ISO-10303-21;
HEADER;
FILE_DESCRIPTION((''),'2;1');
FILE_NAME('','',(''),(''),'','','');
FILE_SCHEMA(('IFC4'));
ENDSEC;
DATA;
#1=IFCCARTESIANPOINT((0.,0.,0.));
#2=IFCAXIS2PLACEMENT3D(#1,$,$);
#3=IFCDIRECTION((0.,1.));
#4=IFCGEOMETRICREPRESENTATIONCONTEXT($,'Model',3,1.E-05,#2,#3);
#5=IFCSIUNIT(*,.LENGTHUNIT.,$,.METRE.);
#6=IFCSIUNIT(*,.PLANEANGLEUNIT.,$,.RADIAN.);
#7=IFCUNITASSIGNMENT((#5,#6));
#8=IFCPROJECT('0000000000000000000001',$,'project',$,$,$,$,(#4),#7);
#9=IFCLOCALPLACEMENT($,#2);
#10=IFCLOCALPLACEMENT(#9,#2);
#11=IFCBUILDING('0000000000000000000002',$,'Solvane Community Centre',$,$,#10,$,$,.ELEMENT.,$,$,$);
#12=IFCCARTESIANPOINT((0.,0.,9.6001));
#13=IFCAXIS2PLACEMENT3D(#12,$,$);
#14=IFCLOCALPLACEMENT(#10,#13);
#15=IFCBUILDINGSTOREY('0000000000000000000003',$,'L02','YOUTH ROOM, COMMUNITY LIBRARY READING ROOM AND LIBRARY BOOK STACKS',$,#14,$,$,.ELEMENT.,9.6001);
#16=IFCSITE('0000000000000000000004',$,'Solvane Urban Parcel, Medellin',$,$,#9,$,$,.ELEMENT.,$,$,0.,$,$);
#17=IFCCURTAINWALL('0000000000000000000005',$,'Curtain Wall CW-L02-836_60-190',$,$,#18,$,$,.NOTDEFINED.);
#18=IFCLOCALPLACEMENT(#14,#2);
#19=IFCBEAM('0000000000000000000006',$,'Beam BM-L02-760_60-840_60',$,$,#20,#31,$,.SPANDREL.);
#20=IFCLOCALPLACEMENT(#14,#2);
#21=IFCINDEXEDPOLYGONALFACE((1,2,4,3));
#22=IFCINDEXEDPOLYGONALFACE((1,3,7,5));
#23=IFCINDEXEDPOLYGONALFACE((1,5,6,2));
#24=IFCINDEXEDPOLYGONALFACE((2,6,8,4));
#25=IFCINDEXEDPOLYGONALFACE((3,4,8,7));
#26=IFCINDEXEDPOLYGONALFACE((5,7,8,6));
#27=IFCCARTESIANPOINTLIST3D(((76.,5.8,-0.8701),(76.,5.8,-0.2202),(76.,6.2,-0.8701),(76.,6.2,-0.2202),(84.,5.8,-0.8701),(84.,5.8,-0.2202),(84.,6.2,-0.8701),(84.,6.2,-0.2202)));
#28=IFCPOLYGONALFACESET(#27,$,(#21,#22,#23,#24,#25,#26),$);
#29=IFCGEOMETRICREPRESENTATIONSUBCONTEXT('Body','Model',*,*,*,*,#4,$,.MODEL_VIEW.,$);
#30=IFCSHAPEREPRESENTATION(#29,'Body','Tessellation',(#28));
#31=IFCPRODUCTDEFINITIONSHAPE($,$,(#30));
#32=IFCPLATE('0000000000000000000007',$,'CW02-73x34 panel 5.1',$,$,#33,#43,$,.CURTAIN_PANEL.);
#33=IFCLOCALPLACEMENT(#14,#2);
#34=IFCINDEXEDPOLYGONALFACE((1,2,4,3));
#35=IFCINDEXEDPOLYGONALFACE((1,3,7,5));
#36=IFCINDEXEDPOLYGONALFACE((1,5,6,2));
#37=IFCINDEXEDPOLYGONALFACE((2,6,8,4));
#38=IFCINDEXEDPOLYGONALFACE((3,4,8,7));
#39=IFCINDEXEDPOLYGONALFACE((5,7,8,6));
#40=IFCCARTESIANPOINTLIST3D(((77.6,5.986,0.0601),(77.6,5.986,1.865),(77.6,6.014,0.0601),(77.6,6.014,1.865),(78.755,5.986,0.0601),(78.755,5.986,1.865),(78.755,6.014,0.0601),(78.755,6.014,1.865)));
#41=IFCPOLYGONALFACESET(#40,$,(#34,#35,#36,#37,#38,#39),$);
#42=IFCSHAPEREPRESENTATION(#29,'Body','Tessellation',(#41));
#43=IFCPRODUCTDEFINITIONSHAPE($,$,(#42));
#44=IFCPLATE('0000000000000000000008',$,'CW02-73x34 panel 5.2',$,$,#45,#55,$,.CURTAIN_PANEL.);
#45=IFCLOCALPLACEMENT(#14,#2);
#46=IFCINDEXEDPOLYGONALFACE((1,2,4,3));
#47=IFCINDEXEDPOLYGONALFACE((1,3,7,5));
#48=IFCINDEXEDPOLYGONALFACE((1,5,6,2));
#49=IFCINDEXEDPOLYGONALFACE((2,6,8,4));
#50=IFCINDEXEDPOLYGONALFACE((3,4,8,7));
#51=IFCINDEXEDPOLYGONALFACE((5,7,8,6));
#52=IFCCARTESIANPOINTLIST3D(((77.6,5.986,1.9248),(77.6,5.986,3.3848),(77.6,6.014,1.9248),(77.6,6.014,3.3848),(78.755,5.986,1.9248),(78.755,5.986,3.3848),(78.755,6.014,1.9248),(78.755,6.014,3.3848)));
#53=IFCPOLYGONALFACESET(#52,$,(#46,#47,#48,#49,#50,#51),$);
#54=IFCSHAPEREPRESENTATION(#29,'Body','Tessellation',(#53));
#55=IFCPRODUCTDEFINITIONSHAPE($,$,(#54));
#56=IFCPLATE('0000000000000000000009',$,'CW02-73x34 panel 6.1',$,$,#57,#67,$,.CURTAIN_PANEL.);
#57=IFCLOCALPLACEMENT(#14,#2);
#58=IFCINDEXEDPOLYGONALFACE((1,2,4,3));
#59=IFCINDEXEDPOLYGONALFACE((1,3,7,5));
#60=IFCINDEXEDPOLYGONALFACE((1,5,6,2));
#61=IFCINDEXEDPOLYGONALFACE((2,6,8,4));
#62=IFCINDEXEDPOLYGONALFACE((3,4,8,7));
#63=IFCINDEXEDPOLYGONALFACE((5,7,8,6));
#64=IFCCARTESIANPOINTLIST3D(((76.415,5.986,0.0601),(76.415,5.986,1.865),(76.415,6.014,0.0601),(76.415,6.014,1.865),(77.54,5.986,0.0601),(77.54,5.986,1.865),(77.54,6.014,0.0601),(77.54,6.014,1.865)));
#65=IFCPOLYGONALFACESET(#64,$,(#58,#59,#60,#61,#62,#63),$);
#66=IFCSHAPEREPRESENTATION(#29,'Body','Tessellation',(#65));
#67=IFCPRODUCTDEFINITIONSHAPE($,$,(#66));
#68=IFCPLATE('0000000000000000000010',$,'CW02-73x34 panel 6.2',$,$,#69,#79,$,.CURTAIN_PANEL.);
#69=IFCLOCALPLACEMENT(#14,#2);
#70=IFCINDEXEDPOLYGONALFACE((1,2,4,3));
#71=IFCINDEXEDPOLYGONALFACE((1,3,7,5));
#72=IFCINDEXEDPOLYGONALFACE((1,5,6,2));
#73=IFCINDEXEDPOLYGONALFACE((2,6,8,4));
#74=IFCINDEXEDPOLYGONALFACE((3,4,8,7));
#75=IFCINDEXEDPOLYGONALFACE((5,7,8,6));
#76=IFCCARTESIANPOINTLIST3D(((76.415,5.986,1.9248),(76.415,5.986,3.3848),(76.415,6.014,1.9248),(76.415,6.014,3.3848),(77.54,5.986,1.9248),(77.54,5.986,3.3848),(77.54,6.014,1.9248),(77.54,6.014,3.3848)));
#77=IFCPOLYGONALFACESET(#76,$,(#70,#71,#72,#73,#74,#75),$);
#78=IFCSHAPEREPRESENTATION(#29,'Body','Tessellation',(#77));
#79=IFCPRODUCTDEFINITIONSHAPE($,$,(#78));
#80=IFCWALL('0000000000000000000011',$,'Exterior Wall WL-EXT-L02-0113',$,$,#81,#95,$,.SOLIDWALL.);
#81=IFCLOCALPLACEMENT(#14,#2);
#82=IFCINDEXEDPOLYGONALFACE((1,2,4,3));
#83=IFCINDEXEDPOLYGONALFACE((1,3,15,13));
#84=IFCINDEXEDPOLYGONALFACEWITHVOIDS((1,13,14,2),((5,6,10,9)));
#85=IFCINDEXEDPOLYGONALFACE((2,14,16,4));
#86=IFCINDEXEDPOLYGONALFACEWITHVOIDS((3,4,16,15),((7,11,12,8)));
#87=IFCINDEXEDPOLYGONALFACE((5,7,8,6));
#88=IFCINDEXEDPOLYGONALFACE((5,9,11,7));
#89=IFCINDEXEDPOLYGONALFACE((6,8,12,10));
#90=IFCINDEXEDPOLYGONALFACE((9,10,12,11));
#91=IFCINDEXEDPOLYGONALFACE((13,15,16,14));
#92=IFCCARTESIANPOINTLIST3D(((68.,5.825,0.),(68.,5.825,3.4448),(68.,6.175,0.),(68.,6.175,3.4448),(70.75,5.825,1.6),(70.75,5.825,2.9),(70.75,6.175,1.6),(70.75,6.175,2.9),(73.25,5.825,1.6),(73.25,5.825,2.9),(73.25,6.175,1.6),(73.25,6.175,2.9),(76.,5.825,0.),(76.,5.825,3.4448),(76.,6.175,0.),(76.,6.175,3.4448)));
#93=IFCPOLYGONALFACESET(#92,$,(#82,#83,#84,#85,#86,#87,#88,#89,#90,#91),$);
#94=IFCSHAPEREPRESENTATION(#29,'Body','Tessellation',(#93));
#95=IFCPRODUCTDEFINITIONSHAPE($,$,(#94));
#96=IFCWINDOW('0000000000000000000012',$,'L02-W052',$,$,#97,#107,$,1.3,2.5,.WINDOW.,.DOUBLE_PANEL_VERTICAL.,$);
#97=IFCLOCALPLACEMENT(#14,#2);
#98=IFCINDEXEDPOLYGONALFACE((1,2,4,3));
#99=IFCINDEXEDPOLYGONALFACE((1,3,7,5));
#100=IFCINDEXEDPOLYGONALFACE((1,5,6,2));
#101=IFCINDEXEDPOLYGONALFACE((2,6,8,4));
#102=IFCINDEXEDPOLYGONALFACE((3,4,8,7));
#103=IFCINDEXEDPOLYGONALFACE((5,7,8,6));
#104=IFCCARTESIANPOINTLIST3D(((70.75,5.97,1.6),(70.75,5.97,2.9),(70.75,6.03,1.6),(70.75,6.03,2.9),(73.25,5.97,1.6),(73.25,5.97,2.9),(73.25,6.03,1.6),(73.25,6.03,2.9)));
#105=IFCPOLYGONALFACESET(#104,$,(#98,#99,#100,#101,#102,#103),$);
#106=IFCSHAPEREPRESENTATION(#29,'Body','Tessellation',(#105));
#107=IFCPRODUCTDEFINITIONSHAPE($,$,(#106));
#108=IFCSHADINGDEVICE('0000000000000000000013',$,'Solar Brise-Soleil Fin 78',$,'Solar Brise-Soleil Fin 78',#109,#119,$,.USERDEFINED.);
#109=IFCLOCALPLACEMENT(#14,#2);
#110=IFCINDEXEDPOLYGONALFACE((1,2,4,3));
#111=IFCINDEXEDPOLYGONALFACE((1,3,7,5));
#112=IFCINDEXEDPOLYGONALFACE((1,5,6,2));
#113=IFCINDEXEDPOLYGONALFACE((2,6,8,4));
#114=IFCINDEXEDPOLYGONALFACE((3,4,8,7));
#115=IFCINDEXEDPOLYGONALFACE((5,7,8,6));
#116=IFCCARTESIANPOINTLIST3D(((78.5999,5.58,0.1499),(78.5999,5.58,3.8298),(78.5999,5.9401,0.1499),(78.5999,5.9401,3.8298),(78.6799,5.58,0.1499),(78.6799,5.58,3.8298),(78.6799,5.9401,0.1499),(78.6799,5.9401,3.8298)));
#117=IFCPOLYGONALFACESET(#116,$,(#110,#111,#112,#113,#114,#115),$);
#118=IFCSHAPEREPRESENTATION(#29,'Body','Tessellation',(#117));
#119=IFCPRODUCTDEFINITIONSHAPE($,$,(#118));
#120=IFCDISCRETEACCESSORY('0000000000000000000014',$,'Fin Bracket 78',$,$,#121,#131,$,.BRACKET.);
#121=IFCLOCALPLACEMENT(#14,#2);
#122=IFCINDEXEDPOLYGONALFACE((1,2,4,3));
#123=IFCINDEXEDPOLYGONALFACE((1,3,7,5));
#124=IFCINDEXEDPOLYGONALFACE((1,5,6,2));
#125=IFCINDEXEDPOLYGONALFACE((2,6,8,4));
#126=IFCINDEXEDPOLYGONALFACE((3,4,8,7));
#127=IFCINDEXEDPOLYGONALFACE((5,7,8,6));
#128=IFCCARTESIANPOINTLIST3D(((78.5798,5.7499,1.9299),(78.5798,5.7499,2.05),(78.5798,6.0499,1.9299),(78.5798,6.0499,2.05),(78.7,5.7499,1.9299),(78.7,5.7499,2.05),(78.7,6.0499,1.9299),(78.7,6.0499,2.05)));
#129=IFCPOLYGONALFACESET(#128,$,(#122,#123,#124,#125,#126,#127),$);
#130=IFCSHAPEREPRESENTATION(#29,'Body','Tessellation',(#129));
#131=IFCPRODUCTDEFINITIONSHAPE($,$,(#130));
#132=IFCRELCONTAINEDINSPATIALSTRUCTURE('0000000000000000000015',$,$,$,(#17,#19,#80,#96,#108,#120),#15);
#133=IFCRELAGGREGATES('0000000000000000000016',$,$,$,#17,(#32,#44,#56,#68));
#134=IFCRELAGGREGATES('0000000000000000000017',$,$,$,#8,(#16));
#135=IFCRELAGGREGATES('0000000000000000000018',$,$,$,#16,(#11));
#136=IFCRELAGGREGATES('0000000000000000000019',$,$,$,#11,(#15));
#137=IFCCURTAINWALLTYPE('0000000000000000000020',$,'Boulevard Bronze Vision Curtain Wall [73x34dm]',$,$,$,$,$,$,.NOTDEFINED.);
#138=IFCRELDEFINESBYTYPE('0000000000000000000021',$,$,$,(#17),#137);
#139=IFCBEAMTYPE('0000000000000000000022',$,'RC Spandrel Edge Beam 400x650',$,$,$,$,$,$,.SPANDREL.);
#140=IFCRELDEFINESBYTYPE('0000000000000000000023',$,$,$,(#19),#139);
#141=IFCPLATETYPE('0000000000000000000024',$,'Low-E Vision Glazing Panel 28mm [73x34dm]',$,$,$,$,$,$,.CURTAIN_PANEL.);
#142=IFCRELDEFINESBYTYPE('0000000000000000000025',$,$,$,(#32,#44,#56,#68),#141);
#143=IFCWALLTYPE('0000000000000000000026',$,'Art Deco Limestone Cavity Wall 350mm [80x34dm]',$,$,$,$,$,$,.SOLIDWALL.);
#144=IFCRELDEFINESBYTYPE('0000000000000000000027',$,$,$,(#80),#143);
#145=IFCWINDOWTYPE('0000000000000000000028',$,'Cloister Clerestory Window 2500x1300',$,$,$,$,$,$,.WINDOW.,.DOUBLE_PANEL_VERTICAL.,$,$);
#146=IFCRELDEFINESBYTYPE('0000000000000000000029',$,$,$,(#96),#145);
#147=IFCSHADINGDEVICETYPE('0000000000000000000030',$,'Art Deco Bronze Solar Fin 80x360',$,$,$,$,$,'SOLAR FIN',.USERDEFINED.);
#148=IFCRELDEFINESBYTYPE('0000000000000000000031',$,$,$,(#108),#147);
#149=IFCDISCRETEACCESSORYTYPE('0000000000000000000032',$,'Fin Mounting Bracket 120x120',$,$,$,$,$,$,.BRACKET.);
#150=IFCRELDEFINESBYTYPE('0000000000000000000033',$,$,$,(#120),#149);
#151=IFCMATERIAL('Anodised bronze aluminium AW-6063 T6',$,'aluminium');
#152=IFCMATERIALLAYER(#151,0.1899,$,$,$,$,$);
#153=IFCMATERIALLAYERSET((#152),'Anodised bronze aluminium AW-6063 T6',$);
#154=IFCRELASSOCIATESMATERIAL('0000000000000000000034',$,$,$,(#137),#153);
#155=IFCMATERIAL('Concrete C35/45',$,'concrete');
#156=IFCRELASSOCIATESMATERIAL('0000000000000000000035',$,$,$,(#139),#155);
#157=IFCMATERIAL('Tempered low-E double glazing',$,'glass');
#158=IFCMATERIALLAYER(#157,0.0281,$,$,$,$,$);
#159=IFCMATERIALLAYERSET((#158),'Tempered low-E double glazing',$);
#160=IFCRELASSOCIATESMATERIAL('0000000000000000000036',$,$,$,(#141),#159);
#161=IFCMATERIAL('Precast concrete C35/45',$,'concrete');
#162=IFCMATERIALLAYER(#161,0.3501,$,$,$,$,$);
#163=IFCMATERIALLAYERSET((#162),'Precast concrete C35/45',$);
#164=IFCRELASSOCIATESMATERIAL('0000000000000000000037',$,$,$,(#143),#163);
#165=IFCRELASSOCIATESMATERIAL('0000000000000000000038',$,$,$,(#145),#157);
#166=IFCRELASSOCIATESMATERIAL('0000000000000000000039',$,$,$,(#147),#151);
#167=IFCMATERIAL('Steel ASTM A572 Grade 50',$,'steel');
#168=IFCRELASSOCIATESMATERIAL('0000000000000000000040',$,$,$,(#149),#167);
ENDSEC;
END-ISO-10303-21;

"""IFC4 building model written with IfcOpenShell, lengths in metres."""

from ifc_helpers import new_model, si_unit, direction, frame, frame_2d, origin, origin_2d, place, context, subcontext, project, spatial, rectangle, extrude, material, layer, layer_set, material_profile, profile_set, type_object, element, fill, aggregate, save


model = new_model("IFC4")

# Units and contexts
model_context = context("Model", 3, precision=1e-05, world=origin(), true_north=direction((0.0, 1.0)))
body_context = subcontext(model_context, "Body", "Model", "MODEL_VIEW")
ifc_project = project(units=[si_unit("LENGTHUNIT", "METRE"), si_unit("PLANEANGLEUNIT", "RADIAN")], contexts=[model_context])

# Site, building, storey
site_placement = place(None, origin())
site = spatial("IfcSite", under=ifc_project, at=site_placement, Name="Solvane Urban Parcel, Medellin", CompositionType="ELEMENT", RefElevation=0.0)
building_placement = place(site_placement, origin())
building = spatial("IfcBuilding", under=site, at=building_placement, Name="Solvane Community Centre", CompositionType="ELEMENT")
storey_placement = place(building_placement, frame((0.0, 0.0, 9.6001)))
storey = spatial("IfcBuildingStorey", under=building, at=storey_placement, Name="L02", Description="YOUTH ROOM, COMMUNITY LIBRARY READING ROOM AND LIBRARY BOOK STACKS", CompositionType="ELEMENT", Elevation=9.6001)

# Shared definitions
ifc_material_1 = material(Name="Precast concrete C35/45", Category="concrete")

# Curtain wall
ifc_material_2 = material(Name="Anodised bronze aluminium AW-6063 T6", Category="aluminium")
ifc_layer_1 = layer(ifc_material_2, 0.1899)
ifc_layer_set_1 = layer_set([ifc_layer_1], Name="Anodised bronze aluminium AW-6063 T6")
curtain_wall_type = type_object("IfcCurtainWallType", Name="Boulevard Bronze Vision Curtain Wall [73x34dm]", PredefinedType="NOTDEFINED", material=ifc_layer_set_1)
curtain_wall_placement = place(storey_placement, origin())
curtain_wall = element("IfcCurtainWall", 1, at=curtain_wall_placement, inside=storey, type_object=curtain_wall_type, Name="Curtain Wall CW-L02-836_60-190", PredefinedType="NOTDEFINED")

# Beam
ifc_material_3 = material(Name="Concrete C35/45", Category="concrete")
ifc_material_profile_1 = material_profile(ifc_material_3, rectangle(XDim=0.3999, YDim=0.6499, at=origin_2d()), Name="RC 400x650")
ifc_profile_set_1 = profile_set([ifc_material_profile_1], Name="Concrete C35/45")
beam_type_1 = type_object("IfcBeamType", Name="RC Spandrel Edge Beam 400x650", PredefinedType="SPANDREL", material=ifc_profile_set_1)
beam_1_placement = place(storey_placement, frame((76.0, 6.0, -0.5452), z_axis=(1.0, 0.0, 0.0), x_axis=(0.0, 1.0, 0.0)))
element("IfcBeam", 2, at=beam_1_placement, inside=storey, type_object=beam_type_1, Name="Beam BM-L02-760_60-840_60", PredefinedType="SPANDREL", context=body_context, shape_type="SweptSolid", body=[
    extrude(rectangle(XDim=0.3999, YDim=0.6499, at=origin_2d()), origin(), (0.0, 0.0, 1.0), 8.0),
])

# Plates
ifc_material_4 = material(Name="Tempered low-E double glazing", Category="glass")
ifc_layer_2 = layer(ifc_material_4, 0.0281)
ifc_layer_set_2 = layer_set([ifc_layer_2], Name="Tempered low-E double glazing")
plate_type = type_object("IfcPlateType", Name="Low-E Vision Glazing Panel 28mm [73x34dm]", PredefinedType="CURTAIN_PANEL", material=ifc_layer_set_2)
plate_1_placement = place(storey_placement, frame((78.1775, 6.0, 0.0601), z_axis=(0.0, 0.0, 1.0), x_axis=(-1.0, 0.0, 0.0)))
plate_1 = element("IfcPlate", 3, at=plate_1_placement, type_object=plate_type, Name="CW02-73x34 panel 5.1", PredefinedType="CURTAIN_PANEL", context=body_context, shape_type="SweptSolid", body=[
    extrude(rectangle(XDim=1.155, YDim=0.0281, at=origin_2d()), origin(), (0.0, 0.0, 1.0), 1.8049),
])
plate_2_placement = place(storey_placement, frame((78.1775, 6.0, 1.9248), z_axis=(0.0, 0.0, 1.0), x_axis=(-1.0, 0.0, 0.0)))
plate_2 = element("IfcPlate", 4, at=plate_2_placement, type_object=plate_type, Name="CW02-73x34 panel 5.2", PredefinedType="CURTAIN_PANEL", context=body_context, shape_type="SweptSolid", body=[
    extrude(rectangle(XDim=1.155, YDim=0.0281, at=origin_2d()), origin(), (0.0, 0.0, 1.0), 1.46),
])
plate_3_placement = place(storey_placement, frame((76.9775, 6.0, 0.0601), z_axis=(0.0, 0.0, 1.0), x_axis=(-1.0, 0.0, 0.0)))
plate_3 = element("IfcPlate", 5, at=plate_3_placement, type_object=plate_type, Name="CW02-73x34 panel 6.1", PredefinedType="CURTAIN_PANEL", context=body_context, shape_type="SweptSolid", body=[
    extrude(rectangle(XDim=1.125, YDim=0.0281, at=origin_2d()), origin(), (0.0, 0.0, 1.0), 1.8049),
])
plate_4_placement = place(storey_placement, frame((76.9775, 6.0, 1.9248), z_axis=(0.0, 0.0, 1.0), x_axis=(-1.0, 0.0, 0.0)))
plate_4 = element("IfcPlate", 6, at=plate_4_placement, type_object=plate_type, Name="CW02-73x34 panel 6.2", PredefinedType="CURTAIN_PANEL", context=body_context, shape_type="SweptSolid", body=[
    extrude(rectangle(XDim=1.125, YDim=0.0281, at=origin_2d()), origin(), (0.0, 0.0, 1.0), 1.46),
])
aggregate(curtain_wall, [plate_1, plate_2, plate_3, plate_4])

# Wall, opening, window
ifc_layer_3 = layer(ifc_material_1, 0.3501)
ifc_layer_set_3 = layer_set([ifc_layer_3], Name="Precast concrete C35/45")
wall_type = type_object("IfcWallType", Name="Art Deco Limestone Cavity Wall 350mm [80x34dm]", PredefinedType="SOLIDWALL", material=ifc_layer_set_3)
wall_placement = place(storey_placement, frame((76.0, 6.0, 0.0), z_axis=(0.0, 0.0, 1.0), x_axis=(-1.0, 0.0, 0.0)))
wall = element("IfcWall", 7, at=wall_placement, inside=storey, type_object=wall_type, Name="Exterior Wall WL-EXT-L02-0113", PredefinedType="SOLIDWALL", context=body_context, shape_type="SweptSolid", body=[
    extrude(rectangle(XDim=8.0, YDim=0.3501, at=frame_2d((4.0, 0.0))), origin(), (0.0, 0.0, 1.0), 3.4448),
])
opening_placement = place(wall_placement, frame((2.75, 0.0, 1.6001)))
opening = element("IfcOpeningElement", 8, at=opening_placement, cuts=wall, PredefinedType="OPENING", context=body_context, shape_type="SweptSolid", body=[
    extrude(rectangle(XDim=2.5, YDim=1.3, at=frame_2d((1.25, 0.6499))), frame((0.0, 0.1851, 0.0), z_axis=(0.0, -1.0, 0.0), x_axis=(1.0, 0.0, 0.0)), (0.0, 0.0, 1.0), 0.3701),
])
window_type = type_object("IfcWindowType", Name="Cloister Clerestory Window 2500x1300", PartitioningType="DOUBLE_PANEL_VERTICAL", PredefinedType="WINDOW", material=ifc_material_4)
window_placement = place(opening_placement, origin())
window = element("IfcWindow", 9, at=window_placement, inside=storey, type_object=window_type, Name="L02-W052", OverallHeight=1.3, OverallWidth=2.5, PartitioningType="DOUBLE_PANEL_VERTICAL", PredefinedType="WINDOW", context=body_context, shape_type="SweptSolid", body=[
    extrude(rectangle(XDim=2.5, YDim=1.3, at=frame_2d((1.25, 0.6499))), frame((0.0, 0.03, 0.0), z_axis=(0.0, -1.0, 0.0), x_axis=(1.0, 0.0, 0.0)), (0.0, 0.0, 1.0), 0.0601),
])
fill(opening, window)

# Shading device
shading_device_type = type_object("IfcShadingDeviceType", Name="Art Deco Bronze Solar Fin 80x360", ElementType="SOLAR FIN", PredefinedType="USERDEFINED", material=ifc_material_2)
shading_device_placement = place(storey_placement, frame((78.6399, 5.76, 0.1499), z_axis=(0.0, 0.0, 1.0), x_axis=(-1.0, 0.0, 0.0)))
element("IfcShadingDevice", 10, at=shading_device_placement, inside=storey, type_object=shading_device_type, Name="Solar Brise-Soleil Fin 78", ObjectType="Solar Brise-Soleil Fin 78", PredefinedType="USERDEFINED", context=body_context, shape_type="SweptSolid", body=[
    extrude(rectangle(XDim=0.0801, YDim=0.3601, at=origin_2d()), origin(), (0.0, 0.0, 1.0), 3.6799),
])

# Discrete accessory
ifc_material_5 = material(Name="Steel ASTM A572 Grade 50", Category="steel")
discrete_accessory_type = type_object("IfcDiscreteAccessoryType", Name="Fin Mounting Bracket 120x120", PredefinedType="BRACKET", material=ifc_material_5)
discrete_accessory_placement = place(storey_placement, frame((78.6399, 5.8999, 1.9299), z_axis=(0.0, 0.0, 1.0), x_axis=(-1.0, 0.0, 0.0)))
element("IfcDiscreteAccessory", 11, at=discrete_accessory_placement, inside=storey, type_object=discrete_accessory_type, Name="Fin Bracket 78", PredefinedType="BRACKET", context=body_context, shape_type="SweptSolid", body=[
    extrude(rectangle(XDim=0.1201, YDim=0.3, at=origin_2d()), origin(), (0.0, 0.0, 1.0), 0.1201),
])

save(model, "model.ifc")
